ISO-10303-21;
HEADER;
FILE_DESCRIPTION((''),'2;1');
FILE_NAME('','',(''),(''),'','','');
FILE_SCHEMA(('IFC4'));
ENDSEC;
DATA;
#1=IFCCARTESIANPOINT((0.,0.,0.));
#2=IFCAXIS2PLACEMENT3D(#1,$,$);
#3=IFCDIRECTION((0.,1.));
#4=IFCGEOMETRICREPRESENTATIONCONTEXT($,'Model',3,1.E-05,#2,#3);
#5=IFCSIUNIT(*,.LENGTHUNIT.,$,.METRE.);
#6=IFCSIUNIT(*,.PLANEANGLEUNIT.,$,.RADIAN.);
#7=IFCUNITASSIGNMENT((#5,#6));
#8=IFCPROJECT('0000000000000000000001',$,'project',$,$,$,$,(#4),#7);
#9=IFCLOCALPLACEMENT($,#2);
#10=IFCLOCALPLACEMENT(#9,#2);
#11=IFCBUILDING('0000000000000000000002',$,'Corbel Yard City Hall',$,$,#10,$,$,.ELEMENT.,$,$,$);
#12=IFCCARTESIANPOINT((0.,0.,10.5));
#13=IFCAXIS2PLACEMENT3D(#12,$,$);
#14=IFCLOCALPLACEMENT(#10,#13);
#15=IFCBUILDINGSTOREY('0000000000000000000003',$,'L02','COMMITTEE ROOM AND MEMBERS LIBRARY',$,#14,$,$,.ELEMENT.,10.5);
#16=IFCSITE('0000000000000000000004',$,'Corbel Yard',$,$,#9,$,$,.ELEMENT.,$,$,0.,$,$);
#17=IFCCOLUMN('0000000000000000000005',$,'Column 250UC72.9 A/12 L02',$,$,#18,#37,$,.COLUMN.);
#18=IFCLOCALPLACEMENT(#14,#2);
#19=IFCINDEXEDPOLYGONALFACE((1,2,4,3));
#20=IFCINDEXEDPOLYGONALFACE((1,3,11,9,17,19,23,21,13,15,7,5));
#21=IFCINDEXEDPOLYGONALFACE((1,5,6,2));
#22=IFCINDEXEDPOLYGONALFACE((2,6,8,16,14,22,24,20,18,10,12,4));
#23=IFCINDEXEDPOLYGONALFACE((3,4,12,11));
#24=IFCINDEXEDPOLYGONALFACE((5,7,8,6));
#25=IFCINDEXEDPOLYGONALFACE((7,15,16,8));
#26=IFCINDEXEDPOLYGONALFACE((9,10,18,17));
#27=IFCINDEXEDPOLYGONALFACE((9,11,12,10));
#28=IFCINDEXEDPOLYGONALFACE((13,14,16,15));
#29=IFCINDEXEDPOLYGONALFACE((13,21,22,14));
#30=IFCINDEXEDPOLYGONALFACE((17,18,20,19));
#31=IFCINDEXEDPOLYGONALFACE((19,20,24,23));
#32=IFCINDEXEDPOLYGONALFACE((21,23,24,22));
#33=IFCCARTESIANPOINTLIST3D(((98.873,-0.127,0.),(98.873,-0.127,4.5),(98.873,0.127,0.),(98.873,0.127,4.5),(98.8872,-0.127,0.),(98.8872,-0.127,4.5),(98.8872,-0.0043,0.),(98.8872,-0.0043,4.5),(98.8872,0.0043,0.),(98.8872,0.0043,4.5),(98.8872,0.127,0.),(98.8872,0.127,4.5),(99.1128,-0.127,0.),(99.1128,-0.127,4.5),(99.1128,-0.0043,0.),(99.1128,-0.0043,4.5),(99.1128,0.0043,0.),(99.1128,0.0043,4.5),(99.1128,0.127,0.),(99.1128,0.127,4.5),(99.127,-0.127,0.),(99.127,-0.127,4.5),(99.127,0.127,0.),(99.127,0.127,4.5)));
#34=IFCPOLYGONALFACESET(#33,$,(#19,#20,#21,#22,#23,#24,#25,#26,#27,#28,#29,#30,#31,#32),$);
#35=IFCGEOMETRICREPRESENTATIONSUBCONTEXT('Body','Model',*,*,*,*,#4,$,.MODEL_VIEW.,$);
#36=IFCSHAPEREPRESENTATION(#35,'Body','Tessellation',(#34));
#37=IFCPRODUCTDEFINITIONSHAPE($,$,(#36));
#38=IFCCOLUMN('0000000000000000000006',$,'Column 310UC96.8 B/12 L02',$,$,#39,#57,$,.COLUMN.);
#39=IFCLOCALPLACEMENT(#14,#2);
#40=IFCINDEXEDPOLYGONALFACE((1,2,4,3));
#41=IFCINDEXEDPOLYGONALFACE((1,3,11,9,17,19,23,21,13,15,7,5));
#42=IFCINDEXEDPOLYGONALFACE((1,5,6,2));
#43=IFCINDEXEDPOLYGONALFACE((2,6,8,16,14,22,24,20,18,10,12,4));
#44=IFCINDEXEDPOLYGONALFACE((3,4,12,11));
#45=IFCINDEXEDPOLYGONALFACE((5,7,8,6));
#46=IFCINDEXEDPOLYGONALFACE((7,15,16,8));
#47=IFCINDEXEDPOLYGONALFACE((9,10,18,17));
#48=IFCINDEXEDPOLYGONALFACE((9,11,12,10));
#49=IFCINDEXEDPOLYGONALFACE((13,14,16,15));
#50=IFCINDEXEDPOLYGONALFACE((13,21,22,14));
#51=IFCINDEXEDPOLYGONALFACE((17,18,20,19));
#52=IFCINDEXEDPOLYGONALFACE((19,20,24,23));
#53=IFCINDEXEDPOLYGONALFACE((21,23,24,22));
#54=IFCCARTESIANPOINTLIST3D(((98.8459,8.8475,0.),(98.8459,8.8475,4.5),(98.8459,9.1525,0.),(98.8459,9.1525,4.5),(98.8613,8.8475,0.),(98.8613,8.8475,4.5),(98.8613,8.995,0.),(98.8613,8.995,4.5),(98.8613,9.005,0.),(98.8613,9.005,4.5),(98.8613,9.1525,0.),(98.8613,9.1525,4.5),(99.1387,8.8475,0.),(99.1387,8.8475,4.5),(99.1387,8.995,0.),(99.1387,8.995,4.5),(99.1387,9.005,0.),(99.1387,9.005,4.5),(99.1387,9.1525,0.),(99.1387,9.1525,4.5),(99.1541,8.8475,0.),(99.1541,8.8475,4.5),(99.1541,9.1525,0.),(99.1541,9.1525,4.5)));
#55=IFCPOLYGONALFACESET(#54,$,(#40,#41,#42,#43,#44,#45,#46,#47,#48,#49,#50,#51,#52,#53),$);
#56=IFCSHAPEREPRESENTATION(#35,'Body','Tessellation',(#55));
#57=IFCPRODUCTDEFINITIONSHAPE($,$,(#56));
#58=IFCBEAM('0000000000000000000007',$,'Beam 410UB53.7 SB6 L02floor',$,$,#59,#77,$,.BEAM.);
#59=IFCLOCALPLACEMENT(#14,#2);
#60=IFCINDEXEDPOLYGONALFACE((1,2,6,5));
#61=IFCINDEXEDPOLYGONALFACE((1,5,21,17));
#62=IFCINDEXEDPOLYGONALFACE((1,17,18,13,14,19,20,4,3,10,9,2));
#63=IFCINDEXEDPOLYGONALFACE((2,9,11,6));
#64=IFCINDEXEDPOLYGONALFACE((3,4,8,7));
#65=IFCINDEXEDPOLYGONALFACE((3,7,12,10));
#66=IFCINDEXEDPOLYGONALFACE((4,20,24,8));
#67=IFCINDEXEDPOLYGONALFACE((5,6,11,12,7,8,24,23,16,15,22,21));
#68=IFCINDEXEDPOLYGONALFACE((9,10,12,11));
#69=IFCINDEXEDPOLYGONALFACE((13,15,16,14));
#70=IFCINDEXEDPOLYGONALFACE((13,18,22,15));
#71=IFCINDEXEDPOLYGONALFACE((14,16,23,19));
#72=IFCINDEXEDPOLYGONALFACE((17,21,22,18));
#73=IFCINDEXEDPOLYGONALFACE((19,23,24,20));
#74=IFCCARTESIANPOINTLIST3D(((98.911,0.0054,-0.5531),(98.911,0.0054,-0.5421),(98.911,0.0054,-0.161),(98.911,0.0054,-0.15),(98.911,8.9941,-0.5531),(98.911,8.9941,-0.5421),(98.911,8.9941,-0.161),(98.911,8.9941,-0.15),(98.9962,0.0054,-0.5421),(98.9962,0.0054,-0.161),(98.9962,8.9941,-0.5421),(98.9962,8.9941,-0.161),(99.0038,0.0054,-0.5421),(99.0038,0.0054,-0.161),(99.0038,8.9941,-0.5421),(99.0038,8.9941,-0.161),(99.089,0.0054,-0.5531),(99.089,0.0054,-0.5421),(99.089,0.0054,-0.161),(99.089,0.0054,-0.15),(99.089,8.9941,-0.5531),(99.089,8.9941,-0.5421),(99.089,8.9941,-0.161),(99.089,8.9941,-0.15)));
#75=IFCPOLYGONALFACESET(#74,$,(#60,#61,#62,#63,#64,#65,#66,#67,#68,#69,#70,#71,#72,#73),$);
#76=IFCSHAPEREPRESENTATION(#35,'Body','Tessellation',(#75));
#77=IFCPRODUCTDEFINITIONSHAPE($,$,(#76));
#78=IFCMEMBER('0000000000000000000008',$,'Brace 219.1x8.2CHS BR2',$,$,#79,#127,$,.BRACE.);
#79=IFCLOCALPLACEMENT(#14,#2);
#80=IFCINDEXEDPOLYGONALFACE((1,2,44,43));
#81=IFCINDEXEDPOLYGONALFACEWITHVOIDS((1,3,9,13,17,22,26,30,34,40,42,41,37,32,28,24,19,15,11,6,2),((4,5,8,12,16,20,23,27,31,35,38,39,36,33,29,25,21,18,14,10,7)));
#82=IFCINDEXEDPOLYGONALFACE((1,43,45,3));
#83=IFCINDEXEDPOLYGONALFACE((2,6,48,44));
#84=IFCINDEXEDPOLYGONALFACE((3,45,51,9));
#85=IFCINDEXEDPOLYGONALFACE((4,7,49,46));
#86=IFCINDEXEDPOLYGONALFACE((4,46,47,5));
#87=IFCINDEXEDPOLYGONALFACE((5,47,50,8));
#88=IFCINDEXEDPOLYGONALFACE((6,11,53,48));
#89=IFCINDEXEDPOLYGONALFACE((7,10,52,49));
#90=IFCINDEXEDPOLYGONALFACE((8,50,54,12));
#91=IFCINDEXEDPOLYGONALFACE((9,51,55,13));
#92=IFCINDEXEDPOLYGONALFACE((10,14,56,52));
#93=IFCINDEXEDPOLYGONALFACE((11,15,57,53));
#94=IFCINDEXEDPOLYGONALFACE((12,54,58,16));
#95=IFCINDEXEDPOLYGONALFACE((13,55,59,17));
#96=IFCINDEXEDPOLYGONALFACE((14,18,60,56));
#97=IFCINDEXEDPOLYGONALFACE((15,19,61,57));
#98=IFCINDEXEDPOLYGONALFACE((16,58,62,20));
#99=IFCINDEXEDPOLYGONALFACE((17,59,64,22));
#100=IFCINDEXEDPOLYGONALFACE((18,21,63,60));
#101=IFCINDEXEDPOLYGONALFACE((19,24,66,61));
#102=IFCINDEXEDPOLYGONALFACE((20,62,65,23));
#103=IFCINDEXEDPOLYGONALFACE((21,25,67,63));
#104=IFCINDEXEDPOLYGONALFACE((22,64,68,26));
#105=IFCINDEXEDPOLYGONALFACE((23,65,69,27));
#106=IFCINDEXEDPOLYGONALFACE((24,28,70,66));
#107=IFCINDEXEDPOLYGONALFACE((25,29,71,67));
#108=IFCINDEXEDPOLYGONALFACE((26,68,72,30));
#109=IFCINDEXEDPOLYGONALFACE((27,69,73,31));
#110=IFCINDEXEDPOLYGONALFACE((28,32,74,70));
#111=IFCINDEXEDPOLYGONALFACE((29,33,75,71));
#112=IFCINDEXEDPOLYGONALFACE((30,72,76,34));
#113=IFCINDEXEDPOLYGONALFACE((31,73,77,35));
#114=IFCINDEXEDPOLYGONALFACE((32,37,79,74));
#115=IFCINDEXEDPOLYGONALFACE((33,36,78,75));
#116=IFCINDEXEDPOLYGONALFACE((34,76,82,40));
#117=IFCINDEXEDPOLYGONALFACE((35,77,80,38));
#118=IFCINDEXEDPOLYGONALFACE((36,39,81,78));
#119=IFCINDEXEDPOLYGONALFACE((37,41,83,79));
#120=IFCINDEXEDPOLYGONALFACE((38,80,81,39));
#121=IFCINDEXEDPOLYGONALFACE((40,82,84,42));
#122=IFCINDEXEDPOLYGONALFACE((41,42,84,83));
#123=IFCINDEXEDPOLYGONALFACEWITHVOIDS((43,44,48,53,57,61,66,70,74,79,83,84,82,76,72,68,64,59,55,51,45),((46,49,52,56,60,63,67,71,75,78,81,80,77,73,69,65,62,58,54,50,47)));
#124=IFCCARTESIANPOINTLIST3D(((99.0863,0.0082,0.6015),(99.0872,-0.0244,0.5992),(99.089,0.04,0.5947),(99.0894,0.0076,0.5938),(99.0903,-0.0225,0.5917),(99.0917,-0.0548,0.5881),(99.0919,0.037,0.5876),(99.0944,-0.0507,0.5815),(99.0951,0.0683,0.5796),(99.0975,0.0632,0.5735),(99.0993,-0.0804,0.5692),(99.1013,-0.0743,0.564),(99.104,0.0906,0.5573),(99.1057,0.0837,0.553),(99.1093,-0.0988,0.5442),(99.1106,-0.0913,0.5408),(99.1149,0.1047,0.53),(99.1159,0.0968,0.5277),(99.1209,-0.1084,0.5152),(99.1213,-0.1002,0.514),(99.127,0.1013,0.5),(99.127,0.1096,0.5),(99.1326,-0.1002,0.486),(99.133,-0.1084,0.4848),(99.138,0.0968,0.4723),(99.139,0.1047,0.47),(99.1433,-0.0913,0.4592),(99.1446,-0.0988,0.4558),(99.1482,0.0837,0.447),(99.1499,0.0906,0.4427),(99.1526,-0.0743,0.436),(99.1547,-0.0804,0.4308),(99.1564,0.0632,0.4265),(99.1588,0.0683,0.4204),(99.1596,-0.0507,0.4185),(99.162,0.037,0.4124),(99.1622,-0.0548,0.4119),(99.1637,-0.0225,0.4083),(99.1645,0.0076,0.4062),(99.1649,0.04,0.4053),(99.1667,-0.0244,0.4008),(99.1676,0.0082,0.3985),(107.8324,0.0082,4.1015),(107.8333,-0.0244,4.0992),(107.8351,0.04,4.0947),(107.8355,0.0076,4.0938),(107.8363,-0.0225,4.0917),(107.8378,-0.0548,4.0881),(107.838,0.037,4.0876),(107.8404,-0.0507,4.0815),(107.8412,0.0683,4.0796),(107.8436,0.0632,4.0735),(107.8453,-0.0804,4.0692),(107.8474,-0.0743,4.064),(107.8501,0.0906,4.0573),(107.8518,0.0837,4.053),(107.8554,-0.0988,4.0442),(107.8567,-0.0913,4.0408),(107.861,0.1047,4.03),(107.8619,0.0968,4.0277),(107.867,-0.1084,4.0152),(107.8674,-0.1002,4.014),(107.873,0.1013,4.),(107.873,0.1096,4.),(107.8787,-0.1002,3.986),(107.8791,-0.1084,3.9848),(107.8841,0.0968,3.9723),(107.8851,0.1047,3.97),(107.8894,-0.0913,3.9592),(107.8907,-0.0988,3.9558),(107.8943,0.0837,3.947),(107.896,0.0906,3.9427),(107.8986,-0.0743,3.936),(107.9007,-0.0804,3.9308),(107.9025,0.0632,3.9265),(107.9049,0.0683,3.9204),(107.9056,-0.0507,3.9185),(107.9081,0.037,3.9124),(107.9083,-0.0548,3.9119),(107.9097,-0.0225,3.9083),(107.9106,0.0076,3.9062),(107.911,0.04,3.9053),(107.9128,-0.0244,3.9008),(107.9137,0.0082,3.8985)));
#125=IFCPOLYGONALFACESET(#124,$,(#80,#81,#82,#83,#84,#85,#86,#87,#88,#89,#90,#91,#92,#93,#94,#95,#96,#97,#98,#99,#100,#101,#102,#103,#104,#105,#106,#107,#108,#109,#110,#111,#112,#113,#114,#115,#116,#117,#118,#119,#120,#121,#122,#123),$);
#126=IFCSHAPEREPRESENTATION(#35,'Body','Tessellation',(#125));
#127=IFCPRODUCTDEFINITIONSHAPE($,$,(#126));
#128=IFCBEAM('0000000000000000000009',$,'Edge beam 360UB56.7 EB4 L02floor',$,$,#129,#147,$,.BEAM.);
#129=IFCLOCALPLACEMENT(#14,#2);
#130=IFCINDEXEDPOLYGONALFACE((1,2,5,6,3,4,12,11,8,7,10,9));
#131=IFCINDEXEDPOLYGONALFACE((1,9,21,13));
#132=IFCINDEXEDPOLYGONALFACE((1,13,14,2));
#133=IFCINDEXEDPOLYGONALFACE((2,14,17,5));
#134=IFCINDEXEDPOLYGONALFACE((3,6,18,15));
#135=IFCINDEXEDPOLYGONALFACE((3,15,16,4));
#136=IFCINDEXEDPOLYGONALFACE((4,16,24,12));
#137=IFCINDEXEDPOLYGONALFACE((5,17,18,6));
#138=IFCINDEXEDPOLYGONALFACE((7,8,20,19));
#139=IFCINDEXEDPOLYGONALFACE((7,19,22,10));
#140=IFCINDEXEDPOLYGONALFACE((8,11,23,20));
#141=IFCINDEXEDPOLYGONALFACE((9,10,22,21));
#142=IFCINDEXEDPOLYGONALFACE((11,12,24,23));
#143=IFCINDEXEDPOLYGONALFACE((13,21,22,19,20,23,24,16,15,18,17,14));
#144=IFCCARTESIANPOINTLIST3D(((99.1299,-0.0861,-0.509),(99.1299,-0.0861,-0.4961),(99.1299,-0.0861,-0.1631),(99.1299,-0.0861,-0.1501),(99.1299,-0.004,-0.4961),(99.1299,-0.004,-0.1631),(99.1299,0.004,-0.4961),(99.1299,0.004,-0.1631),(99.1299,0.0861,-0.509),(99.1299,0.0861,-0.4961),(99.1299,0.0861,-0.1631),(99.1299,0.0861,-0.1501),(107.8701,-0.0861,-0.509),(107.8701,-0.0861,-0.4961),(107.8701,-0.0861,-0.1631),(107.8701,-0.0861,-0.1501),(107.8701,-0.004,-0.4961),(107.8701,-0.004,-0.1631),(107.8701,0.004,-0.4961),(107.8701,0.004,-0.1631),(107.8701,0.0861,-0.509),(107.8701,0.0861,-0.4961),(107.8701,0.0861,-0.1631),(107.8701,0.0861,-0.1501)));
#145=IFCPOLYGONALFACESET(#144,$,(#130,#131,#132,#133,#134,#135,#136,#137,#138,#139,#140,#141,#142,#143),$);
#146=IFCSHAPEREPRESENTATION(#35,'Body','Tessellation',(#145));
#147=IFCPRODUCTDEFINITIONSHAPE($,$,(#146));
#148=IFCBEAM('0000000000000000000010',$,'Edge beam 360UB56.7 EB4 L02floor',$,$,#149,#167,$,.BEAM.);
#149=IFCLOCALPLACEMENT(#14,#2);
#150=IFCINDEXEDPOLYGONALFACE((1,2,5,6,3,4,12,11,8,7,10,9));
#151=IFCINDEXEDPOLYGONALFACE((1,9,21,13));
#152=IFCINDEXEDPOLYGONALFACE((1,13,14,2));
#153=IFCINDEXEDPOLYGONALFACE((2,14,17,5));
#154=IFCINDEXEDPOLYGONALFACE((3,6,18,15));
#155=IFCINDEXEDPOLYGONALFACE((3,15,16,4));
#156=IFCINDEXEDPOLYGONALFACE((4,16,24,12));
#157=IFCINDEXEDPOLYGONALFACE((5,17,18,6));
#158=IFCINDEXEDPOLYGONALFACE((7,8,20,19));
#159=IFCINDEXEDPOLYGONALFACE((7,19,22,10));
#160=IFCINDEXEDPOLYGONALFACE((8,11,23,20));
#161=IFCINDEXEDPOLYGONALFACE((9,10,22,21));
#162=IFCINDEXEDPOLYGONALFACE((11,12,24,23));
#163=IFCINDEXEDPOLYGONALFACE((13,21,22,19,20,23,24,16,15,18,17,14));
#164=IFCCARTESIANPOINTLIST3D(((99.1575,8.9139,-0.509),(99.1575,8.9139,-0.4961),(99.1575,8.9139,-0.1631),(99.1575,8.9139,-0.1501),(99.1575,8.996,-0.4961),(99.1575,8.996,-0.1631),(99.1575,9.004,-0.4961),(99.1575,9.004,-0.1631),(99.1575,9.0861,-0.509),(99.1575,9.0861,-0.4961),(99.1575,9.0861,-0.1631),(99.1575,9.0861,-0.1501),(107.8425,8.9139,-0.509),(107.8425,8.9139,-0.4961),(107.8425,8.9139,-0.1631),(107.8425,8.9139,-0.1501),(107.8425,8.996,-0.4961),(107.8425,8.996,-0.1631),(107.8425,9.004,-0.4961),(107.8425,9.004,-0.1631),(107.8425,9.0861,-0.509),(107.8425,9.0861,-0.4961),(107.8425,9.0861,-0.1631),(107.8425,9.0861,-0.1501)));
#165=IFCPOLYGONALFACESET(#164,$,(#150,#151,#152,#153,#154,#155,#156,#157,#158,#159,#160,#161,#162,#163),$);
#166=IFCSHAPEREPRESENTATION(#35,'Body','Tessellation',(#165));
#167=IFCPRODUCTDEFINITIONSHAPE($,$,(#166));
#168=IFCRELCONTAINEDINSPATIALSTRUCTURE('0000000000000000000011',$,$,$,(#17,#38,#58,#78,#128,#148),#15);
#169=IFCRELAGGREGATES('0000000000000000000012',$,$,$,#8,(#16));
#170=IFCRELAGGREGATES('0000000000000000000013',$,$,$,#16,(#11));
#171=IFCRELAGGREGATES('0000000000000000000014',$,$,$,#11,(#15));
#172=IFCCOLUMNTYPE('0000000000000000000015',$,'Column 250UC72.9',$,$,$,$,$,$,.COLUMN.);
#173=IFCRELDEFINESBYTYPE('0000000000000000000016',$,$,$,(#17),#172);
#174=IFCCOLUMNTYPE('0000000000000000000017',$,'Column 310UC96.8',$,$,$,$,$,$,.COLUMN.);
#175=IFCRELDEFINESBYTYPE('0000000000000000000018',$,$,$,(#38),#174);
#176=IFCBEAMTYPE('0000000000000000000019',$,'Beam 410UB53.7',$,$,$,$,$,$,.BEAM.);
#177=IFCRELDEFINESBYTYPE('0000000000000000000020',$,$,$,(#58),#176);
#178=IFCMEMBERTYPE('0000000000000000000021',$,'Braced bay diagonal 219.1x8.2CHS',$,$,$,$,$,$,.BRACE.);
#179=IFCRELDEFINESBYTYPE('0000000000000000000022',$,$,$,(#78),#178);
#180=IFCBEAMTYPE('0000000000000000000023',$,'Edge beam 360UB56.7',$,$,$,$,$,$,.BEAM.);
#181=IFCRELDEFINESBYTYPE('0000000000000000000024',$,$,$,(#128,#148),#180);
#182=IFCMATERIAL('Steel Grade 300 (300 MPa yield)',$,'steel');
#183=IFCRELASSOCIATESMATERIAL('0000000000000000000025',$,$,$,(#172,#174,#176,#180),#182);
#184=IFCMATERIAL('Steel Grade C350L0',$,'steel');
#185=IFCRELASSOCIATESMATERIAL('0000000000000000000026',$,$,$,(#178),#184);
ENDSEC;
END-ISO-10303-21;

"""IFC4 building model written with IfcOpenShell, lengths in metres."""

from ifc_helpers import new_model, si_unit, direction, frame, origin, origin_2d, place, context, subcontext, project, spatial, hollow_circle, i_section, extrude, material, material_profile, profile_set, type_object, element, save


model = new_model("IFC4")

# Units and contexts
model_context = context("Model", 3, precision=1e-05, world=origin(), true_north=direction((0.0, 1.0)))
body_context = subcontext(model_context, "Body", "Model", "MODEL_VIEW")
ifc_project = project(units=[si_unit("LENGTHUNIT", "METRE"), si_unit("PLANEANGLEUNIT", "RADIAN")], contexts=[model_context])

# Site, building, storey
site_placement = place(None, origin())
site = spatial("IfcSite", under=ifc_project, at=site_placement, Name="Corbel Yard", CompositionType="ELEMENT", RefElevation=0.0)
building_placement = place(site_placement, origin())
building = spatial("IfcBuilding", under=site, at=building_placement, Name="Corbel Yard City Hall", CompositionType="ELEMENT")
storey_placement = place(building_placement, frame((0.0, 0.0, 10.5)))
storey = spatial("IfcBuildingStorey", under=building, at=storey_placement, Name="L02", Description="COMMITTEE ROOM AND MEMBERS LIBRARY", CompositionType="ELEMENT", Elevation=10.5)

# Columns
ifc_material_1 = material(Name="Steel Grade 300 (300 MPa yield)", Category="steel")
ifc_material_profile_1 = material_profile(ifc_material_1, i_section(OverallWidth=0.2539, OverallDepth=0.2539, WebThickness=0.0085, FlangeThickness=0.0142, at=origin_2d()), Name="250UC72.9")
ifc_profile_set_1 = profile_set([ifc_material_profile_1], Name="Steel Grade 300 (300 MPa yield)")
column_type_1 = type_object("IfcColumnType", Name="Column 250UC72.9", PredefinedType="COLUMN", material=ifc_profile_set_1)
column_1_placement = place(storey_placement, frame((99.0, 0.0, 0.0), z_axis=(0.0, 0.0, 1.0), x_axis=(0.0, 1.0, 0.0)))
element("IfcColumn", 1, at=column_1_placement, inside=storey, type_object=column_type_1, Name="Column 250UC72.9 A/12 L02", PredefinedType="COLUMN", context=body_context, shape_type="SweptSolid", body=[
    extrude(i_section(OverallWidth=0.2539, OverallDepth=0.2539, WebThickness=0.0085, FlangeThickness=0.0142, at=origin_2d()), origin(), (0.0, 0.0, 1.0), 4.5),
])
ifc_material_profile_2 = material_profile(ifc_material_1, i_section(OverallWidth=0.3049, OverallDepth=0.3081, WebThickness=0.01, FlangeThickness=0.0154, at=origin_2d()), Name="310UC96.8")
ifc_profile_set_2 = profile_set([ifc_material_profile_2], Name="Steel Grade 300 (300 MPa yield)")
column_type_2 = type_object("IfcColumnType", Name="Column 310UC96.8", PredefinedType="COLUMN", material=ifc_profile_set_2)
column_2_placement = place(storey_placement, frame((99.0, 9.0, 0.0), z_axis=(0.0, 0.0, 1.0), x_axis=(0.0, 1.0, 0.0)))
element("IfcColumn", 2, at=column_2_placement, inside=storey, type_object=column_type_2, Name="Column 310UC96.8 B/12 L02", PredefinedType="COLUMN", context=body_context, shape_type="SweptSolid", body=[
    extrude(i_section(OverallWidth=0.3049, OverallDepth=0.3081, WebThickness=0.01, FlangeThickness=0.0154, at=origin_2d()), origin(), (0.0, 0.0, 1.0), 4.5),
])

# Beam
ifc_material_profile_3 = material_profile(ifc_material_1, i_section(OverallWidth=0.178, OverallDepth=0.4031, WebThickness=0.0076, FlangeThickness=0.011, at=origin_2d()), Name="410UB53.7")
ifc_profile_set_3 = profile_set([ifc_material_profile_3], Name="Steel Grade 300 (300 MPa yield)")
beam_type_1 = type_object("IfcBeamType", Name="Beam 410UB53.7", PredefinedType="BEAM", material=ifc_profile_set_3)
beam_1_placement = place(storey_placement, frame((99.0, 0.0054, -0.3516), z_axis=(0.0, 1.0, 0.0), x_axis=(-1.0, 0.0, 0.0)))
element("IfcBeam", 3, at=beam_1_placement, inside=storey, type_object=beam_type_1, Name="Beam 410UB53.7 SB6 L02floor", PredefinedType="BEAM", context=body_context, shape_type="SweptSolid", body=[
    extrude(i_section(OverallWidth=0.178, OverallDepth=0.4031, WebThickness=0.0076, FlangeThickness=0.011, at=origin_2d()), origin(), (0.0, 0.0, 1.0), 8.9888),
])

# Member
ifc_material_2 = material(Name="Steel Grade C350L0", Category="steel")
ifc_material_profile_4 = material_profile(ifc_material_2, hollow_circle(Radius=0.1096, WallThickness=0.0083, at=origin_2d()), Name="219.1x8.2CHS")
ifc_profile_set_4 = profile_set([ifc_material_profile_4], Name="Steel Grade C350L0")
member_type_1 = type_object("IfcMemberType", Name="Braced bay diagonal 219.1x8.2CHS", PredefinedType="BRACE", material=ifc_profile_set_4)
member_1_placement = place(storey_placement, frame((99.127, 0.0, 0.5), z_axis=(0.928419, 0.0, 0.371534), x_axis=(0.0, 1.0, 0.0)))
element("IfcMember", 4, at=member_1_placement, inside=storey, type_object=member_type_1, Name="Brace 219.1x8.2CHS BR2", PredefinedType="BRACE", context=body_context, shape_type="SweptSolid", body=[
    extrude(hollow_circle(Radius=0.1096, WallThickness=0.0083, at=origin_2d()), origin(), (0.0, 0.0, 1.0), 9.4204),
])

# Beams
ifc_material_profile_5 = material_profile(ifc_material_1, i_section(OverallWidth=0.1721, OverallDepth=0.3589, WebThickness=0.0081, FlangeThickness=0.0129, at=origin_2d()), Name="360UB56.7")
ifc_profile_set_5 = profile_set([ifc_material_profile_5], Name="Steel Grade 300 (300 MPa yield)")
beam_type_2 = type_object("IfcBeamType", Name="Edge beam 360UB56.7", PredefinedType="BEAM", material=ifc_profile_set_5)
beam_2_placement = place(storey_placement, frame((99.1299, 0.0, -0.3296), z_axis=(1.0, 0.0, 0.0), x_axis=(0.0, 1.0, 0.0)))
element("IfcBeam", 5, at=beam_2_placement, inside=storey, type_object=beam_type_2, Name="Edge beam 360UB56.7 EB4 L02floor", PredefinedType="BEAM", context=body_context, shape_type="SweptSolid", body=[
    extrude(i_section(OverallWidth=0.1721, OverallDepth=0.3589, WebThickness=0.0081, FlangeThickness=0.0129, at=origin_2d()), origin(), (0.0, 0.0, 1.0), 8.7402),
])
beam_3_placement = place(storey_placement, frame((99.1575, 9.0, -0.3296), z_axis=(1.0, 0.0, 0.0), x_axis=(0.0, 1.0, 0.0)))
element("IfcBeam", 6, at=beam_3_placement, inside=storey, type_object=beam_type_2, Name="Edge beam 360UB56.7 EB4 L02floor", PredefinedType="BEAM", context=body_context, shape_type="SweptSolid", body=[
    extrude(i_section(OverallWidth=0.1721, OverallDepth=0.3589, WebThickness=0.0081, FlangeThickness=0.0129, at=origin_2d()), origin(), (0.0, 0.0, 1.0), 8.6851),
])

save(model, "model.ifc")
